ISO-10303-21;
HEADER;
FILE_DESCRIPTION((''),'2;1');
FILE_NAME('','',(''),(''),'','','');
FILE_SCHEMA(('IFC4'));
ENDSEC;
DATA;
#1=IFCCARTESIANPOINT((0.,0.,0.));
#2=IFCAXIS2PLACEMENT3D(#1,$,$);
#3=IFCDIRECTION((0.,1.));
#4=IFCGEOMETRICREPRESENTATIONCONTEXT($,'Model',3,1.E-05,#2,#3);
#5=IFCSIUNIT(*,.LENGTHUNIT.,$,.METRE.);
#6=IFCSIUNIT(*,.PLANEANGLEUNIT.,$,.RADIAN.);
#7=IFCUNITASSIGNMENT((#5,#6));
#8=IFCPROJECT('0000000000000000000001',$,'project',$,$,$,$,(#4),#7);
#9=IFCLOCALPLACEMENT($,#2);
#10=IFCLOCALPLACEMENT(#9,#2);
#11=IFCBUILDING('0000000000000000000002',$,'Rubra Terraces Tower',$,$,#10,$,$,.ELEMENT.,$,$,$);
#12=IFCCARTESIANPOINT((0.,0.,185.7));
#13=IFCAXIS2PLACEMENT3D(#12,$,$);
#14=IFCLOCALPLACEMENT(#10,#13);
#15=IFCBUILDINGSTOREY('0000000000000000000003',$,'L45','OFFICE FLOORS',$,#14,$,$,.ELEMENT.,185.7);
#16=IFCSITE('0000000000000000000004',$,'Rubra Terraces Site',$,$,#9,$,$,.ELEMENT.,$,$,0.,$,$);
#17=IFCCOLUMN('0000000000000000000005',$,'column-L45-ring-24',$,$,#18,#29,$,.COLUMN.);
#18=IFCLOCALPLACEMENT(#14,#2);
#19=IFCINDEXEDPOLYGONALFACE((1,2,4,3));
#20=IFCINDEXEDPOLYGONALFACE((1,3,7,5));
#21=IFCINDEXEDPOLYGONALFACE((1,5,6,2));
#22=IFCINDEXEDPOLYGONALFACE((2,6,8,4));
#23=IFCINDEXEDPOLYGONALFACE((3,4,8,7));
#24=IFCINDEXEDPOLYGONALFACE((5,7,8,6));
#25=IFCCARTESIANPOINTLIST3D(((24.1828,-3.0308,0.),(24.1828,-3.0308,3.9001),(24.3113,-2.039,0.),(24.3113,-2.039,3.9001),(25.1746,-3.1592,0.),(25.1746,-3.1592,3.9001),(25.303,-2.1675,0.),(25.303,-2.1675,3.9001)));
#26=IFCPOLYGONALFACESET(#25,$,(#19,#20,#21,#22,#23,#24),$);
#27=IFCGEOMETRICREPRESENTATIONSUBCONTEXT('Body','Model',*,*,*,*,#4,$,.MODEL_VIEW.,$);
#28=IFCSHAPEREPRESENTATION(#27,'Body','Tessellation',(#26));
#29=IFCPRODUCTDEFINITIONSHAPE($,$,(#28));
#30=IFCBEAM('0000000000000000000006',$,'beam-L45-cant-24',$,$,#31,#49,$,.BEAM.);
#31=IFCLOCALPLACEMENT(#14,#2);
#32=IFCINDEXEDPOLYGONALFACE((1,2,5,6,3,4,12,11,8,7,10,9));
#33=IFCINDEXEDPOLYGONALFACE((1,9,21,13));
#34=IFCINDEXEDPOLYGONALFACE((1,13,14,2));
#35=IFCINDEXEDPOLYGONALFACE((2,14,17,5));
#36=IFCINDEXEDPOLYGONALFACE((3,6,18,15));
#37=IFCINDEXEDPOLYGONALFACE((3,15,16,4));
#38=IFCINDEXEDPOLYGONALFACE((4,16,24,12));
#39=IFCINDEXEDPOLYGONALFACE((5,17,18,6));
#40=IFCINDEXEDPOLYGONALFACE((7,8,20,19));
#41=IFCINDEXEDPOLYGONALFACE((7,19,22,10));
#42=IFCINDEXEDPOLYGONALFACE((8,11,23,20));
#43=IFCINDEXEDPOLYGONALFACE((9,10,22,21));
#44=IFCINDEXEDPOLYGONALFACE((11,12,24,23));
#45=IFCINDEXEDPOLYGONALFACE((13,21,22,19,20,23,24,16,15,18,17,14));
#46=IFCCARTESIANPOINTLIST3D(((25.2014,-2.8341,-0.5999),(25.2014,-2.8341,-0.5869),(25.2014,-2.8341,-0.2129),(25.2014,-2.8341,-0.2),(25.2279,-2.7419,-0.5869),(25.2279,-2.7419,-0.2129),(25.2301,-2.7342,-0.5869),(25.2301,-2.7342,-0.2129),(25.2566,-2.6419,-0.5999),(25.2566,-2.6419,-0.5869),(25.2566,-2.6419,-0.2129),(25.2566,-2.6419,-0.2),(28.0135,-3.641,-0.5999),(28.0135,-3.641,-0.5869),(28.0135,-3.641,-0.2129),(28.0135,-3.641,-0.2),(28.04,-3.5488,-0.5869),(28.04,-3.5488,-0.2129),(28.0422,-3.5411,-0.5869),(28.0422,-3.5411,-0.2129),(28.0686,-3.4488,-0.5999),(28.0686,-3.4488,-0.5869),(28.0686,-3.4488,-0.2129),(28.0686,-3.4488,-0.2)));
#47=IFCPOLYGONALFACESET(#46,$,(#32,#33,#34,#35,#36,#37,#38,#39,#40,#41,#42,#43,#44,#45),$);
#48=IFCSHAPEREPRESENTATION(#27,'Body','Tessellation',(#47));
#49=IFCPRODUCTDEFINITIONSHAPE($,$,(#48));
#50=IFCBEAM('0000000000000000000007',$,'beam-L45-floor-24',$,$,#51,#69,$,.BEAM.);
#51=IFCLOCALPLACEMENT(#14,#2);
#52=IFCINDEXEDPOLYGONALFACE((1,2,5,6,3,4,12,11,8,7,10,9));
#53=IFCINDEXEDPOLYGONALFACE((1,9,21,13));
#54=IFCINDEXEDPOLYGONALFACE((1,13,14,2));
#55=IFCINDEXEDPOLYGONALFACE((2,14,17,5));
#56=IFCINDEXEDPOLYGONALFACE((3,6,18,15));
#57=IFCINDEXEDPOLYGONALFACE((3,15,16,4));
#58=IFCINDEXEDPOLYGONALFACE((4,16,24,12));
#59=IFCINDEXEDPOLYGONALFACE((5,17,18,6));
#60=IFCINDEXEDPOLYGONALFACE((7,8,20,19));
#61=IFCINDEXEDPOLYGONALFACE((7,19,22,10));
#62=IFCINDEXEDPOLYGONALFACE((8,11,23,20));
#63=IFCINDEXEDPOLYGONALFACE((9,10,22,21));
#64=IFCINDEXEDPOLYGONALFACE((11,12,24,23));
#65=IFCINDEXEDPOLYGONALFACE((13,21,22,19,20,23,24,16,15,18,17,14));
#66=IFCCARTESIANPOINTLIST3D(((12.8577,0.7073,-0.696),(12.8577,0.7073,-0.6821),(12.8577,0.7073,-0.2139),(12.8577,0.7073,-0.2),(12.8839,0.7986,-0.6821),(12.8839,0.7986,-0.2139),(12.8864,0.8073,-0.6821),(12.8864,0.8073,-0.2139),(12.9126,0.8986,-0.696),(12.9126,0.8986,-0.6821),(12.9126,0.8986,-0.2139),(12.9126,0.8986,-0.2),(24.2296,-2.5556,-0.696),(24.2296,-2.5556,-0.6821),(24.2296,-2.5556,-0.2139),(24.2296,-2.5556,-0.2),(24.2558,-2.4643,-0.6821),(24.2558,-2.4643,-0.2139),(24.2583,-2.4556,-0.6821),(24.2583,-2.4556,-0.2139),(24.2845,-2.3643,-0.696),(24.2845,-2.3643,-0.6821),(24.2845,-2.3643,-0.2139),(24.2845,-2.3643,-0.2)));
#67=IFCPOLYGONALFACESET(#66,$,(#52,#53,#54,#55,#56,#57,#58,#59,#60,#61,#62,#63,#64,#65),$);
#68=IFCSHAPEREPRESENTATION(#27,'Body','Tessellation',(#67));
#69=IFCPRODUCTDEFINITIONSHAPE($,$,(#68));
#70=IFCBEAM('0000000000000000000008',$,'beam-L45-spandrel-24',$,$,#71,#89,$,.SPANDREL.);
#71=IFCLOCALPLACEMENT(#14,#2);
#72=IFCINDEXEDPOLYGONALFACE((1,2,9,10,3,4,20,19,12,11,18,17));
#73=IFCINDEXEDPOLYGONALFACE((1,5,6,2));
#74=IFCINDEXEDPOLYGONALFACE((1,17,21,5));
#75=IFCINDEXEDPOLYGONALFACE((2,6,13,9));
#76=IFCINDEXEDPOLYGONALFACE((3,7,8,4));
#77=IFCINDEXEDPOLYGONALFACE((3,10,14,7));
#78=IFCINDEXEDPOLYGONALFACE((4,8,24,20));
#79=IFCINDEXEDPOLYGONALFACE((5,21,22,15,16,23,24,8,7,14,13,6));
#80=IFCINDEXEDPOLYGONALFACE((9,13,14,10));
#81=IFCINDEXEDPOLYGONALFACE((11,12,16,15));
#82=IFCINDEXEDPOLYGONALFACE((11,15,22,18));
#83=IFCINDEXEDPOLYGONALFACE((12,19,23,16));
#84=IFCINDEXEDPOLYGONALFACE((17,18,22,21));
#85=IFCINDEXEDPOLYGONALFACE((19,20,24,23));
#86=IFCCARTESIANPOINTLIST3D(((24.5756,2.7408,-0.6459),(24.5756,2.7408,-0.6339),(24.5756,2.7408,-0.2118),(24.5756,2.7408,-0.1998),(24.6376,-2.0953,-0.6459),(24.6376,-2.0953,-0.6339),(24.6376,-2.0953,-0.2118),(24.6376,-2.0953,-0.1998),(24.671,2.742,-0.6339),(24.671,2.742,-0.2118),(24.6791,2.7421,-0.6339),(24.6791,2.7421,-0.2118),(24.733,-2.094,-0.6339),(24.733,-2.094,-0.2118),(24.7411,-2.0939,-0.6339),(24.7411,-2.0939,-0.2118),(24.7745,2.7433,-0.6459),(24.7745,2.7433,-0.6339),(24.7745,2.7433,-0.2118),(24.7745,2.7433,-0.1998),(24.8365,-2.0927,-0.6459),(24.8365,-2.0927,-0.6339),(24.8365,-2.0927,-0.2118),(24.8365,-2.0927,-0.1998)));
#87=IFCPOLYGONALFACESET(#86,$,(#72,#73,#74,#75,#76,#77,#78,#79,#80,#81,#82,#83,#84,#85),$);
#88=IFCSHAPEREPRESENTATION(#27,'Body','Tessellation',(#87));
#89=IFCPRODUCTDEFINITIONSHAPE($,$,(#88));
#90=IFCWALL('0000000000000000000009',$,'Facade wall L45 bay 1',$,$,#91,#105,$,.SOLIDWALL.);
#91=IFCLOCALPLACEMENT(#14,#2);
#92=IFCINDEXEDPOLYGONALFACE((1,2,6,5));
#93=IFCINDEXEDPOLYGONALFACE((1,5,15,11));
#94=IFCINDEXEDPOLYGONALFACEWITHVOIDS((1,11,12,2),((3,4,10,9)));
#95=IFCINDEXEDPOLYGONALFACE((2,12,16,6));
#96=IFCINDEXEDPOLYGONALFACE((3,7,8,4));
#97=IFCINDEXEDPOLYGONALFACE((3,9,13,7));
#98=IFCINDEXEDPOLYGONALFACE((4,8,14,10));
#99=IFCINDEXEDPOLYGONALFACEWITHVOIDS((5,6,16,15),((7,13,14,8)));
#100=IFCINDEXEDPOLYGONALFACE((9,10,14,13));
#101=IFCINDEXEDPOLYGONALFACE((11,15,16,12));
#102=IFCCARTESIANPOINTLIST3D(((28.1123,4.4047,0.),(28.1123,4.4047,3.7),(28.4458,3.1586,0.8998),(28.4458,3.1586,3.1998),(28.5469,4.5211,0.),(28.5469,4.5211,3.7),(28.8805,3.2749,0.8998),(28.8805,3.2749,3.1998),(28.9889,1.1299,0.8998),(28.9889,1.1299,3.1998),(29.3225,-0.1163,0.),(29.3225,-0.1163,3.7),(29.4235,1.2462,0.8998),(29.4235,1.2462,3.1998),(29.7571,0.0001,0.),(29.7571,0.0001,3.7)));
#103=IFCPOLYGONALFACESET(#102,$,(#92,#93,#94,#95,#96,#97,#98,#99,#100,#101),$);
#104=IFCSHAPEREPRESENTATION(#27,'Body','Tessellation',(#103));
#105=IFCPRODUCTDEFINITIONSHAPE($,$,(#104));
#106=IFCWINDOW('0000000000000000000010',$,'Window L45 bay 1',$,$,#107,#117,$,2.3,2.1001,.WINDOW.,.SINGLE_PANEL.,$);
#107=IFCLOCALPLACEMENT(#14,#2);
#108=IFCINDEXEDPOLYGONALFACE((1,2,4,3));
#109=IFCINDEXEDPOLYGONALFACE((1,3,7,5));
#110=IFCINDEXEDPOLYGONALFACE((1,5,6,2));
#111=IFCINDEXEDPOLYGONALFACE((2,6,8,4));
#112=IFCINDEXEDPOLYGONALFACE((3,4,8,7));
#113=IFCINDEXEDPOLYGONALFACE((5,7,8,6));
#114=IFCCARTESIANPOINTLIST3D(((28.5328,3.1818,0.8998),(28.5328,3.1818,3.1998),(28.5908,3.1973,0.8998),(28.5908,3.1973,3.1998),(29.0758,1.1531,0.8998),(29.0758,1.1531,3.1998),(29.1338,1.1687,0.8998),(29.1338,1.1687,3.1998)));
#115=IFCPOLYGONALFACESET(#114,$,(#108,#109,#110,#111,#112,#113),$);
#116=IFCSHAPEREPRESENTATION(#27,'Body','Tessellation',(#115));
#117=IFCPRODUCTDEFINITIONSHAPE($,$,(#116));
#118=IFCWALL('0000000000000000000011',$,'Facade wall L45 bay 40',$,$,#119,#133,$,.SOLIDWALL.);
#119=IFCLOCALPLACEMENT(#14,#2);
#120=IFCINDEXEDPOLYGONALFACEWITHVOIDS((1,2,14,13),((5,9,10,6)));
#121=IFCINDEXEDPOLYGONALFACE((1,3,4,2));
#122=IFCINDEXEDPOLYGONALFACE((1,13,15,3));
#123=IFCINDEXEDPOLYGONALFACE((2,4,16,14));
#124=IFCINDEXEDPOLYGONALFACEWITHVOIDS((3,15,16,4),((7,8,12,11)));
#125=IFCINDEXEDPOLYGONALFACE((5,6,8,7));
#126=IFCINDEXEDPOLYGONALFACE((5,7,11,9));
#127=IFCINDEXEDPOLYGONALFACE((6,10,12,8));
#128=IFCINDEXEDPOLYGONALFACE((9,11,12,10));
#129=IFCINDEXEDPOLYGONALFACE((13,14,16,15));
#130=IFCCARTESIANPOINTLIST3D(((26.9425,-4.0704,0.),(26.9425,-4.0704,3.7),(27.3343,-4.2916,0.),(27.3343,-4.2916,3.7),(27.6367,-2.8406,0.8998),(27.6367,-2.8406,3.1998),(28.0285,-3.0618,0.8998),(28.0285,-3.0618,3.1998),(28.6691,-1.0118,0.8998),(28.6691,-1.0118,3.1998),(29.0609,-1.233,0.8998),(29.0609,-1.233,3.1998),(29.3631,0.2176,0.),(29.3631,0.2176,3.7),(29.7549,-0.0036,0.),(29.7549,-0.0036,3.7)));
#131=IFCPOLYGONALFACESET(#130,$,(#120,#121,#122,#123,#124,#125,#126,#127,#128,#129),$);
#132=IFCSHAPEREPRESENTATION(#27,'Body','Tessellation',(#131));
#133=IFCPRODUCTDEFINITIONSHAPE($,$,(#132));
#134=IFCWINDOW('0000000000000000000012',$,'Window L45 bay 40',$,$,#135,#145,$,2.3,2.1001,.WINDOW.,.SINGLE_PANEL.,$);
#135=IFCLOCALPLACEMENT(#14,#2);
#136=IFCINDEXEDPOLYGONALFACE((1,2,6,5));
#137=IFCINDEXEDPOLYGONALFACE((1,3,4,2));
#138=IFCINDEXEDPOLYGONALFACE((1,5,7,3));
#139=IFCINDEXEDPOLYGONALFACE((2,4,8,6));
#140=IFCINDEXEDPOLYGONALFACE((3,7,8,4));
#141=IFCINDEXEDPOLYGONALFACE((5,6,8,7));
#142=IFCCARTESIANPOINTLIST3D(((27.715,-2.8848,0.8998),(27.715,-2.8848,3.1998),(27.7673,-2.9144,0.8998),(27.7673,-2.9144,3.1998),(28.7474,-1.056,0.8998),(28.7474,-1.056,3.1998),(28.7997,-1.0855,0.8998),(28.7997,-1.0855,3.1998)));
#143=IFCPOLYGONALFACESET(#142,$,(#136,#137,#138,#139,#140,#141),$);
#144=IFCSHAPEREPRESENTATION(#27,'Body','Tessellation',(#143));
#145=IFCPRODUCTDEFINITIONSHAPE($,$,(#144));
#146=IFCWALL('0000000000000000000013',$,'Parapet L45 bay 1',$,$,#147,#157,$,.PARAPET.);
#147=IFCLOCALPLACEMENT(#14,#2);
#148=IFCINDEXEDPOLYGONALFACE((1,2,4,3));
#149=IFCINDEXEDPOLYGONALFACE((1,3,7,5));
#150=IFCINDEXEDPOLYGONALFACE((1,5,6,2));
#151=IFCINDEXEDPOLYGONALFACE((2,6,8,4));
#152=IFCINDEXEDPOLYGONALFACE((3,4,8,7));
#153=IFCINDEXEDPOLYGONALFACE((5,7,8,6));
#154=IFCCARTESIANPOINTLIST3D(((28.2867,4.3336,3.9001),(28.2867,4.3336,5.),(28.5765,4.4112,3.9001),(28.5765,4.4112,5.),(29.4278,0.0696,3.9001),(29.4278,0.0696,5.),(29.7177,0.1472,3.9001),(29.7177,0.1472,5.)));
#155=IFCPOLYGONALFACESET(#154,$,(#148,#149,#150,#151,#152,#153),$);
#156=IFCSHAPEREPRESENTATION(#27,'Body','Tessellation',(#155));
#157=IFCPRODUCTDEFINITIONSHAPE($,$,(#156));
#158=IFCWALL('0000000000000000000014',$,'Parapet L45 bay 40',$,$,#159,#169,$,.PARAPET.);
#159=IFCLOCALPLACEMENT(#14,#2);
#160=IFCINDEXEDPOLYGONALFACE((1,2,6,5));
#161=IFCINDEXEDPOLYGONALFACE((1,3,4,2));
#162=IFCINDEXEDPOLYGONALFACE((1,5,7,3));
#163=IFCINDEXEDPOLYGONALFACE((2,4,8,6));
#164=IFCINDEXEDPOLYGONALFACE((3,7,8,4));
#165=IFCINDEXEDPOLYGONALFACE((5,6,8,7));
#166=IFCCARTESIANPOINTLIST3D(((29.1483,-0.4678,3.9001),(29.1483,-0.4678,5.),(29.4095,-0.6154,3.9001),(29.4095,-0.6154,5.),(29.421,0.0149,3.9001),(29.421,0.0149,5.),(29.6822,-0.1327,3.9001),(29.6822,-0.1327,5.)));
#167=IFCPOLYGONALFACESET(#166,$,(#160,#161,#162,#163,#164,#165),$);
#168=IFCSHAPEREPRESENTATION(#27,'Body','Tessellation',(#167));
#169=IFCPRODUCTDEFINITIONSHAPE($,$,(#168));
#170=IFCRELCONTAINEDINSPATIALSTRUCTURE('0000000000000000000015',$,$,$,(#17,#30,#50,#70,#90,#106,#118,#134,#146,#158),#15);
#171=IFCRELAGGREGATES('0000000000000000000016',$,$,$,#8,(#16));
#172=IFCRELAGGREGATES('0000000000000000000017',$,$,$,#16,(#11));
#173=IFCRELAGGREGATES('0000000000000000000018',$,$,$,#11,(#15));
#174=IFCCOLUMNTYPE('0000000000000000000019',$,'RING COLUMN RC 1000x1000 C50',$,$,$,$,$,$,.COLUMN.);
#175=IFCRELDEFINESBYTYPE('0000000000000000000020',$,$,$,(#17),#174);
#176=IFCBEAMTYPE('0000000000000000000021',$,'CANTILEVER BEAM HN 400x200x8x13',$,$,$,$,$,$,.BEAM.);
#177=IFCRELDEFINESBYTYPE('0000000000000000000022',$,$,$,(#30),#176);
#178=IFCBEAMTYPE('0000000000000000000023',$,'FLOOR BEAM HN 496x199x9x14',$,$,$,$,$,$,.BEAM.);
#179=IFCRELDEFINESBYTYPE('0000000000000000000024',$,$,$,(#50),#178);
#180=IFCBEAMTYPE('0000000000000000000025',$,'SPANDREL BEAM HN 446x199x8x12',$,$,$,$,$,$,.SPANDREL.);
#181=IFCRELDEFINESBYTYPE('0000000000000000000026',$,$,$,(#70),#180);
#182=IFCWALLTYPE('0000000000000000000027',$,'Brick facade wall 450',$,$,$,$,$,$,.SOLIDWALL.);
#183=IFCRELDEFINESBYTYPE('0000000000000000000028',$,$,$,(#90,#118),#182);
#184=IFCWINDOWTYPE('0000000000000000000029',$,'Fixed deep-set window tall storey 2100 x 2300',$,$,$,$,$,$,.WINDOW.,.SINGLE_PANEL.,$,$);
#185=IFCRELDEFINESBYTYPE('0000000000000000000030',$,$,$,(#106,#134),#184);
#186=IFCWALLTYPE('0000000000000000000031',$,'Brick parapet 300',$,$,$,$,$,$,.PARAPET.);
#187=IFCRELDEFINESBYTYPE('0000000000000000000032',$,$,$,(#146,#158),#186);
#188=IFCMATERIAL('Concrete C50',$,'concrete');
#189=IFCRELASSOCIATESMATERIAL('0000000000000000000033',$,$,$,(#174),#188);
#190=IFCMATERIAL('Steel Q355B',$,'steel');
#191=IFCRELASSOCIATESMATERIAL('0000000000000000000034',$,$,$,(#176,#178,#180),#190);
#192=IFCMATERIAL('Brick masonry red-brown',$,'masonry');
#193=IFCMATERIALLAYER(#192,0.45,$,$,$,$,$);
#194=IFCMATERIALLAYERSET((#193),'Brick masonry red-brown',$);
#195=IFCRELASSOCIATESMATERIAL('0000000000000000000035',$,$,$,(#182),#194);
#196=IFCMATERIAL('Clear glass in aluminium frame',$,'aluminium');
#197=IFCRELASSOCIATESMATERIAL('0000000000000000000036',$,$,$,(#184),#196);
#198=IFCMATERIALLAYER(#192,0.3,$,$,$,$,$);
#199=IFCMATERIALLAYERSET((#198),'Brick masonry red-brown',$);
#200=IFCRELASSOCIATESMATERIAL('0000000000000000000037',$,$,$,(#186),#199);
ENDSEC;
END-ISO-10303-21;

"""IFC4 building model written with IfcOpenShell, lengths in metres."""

from ifc_helpers import new_model, si_unit, direction, frame, frame_2d, origin, origin_2d, place, context, subcontext, project, spatial, rectangle, i_section, extrude, material, layer, layer_set, material_profile, profile_set, type_object, element, fill, save


model = new_model("IFC4")

# Units and contexts
model_context = context("Model", 3, precision=1e-05, world=origin(), true_north=direction((0.0, 1.0)))
body_context = subcontext(model_context, "Body", "Model", "MODEL_VIEW")
ifc_project = project(units=[si_unit("LENGTHUNIT", "METRE"), si_unit("PLANEANGLEUNIT", "RADIAN")], contexts=[model_context])

# Site, building, storey
site_placement = place(None, origin())
site = spatial("IfcSite", under=ifc_project, at=site_placement, Name="Rubra Terraces Site", CompositionType="ELEMENT", RefElevation=0.0)
building_placement = place(site_placement, origin())
building = spatial("IfcBuilding", under=site, at=building_placement, Name="Rubra Terraces Tower", CompositionType="ELEMENT")
storey_placement = place(building_placement, frame((0.0, 0.0, 185.7)))
storey = spatial("IfcBuildingStorey", under=building, at=storey_placement, Name="L45", Description="OFFICE FLOORS", CompositionType="ELEMENT", Elevation=185.7)

# Column
ifc_material_1 = material(Name="Concrete C50", Category="concrete")
ifc_material_profile_1 = material_profile(ifc_material_1, rectangle(XDim=1.0, YDim=1.0, at=origin_2d()), Name="RC 1000x1000")
ifc_profile_set_1 = profile_set([ifc_material_profile_1], Name="Concrete C50")
column_type = type_object("IfcColumnType", Name="RING COLUMN RC 1000x1000 C50", PredefinedType="COLUMN", material=ifc_profile_set_1)
column_placement = place(storey_placement, frame((24.7429, -2.5991, 0.0), z_axis=(0.0, 0.0, 1.0), x_axis=(0.128444, 0.991717, 0.0)))
element("IfcColumn", 1, at=column_placement, inside=storey, type_object=column_type, Name="column-L45-ring-24", PredefinedType="COLUMN", context=body_context, shape_type="SweptSolid", body=[
    extrude(rectangle(XDim=1.0, YDim=1.0, at=origin_2d()), origin(), (0.0, 0.0, 1.0), 3.9001),
])

# Beams
ifc_material_2 = material(Name="Steel Q355B", Category="steel")
ifc_material_profile_2 = material_profile(ifc_material_2, i_section(OverallWidth=0.2, OverallDepth=0.3999, WebThickness=0.0081, FlangeThickness=0.0129, at=origin_2d()), Name="HN 400x200x8x13")
ifc_profile_set_2 = profile_set([ifc_material_profile_2], Name="Steel Q355B")
beam_type_1 = type_object("IfcBeamType", Name="CANTILEVER BEAM HN 400x200x8x13", PredefinedType="BEAM", material=ifc_profile_set_2)
beam_1_placement = place(storey_placement, frame((25.229, -2.738, -0.3999), z_axis=(0.961212, -0.275812, 0.0), x_axis=(0.275812, 0.961212, 0.0)))
element("IfcBeam", 2, at=beam_1_placement, inside=storey, type_object=beam_type_1, Name="beam-L45-cant-24", PredefinedType="BEAM", context=body_context, shape_type="SweptSolid", body=[
    extrude(i_section(OverallWidth=0.2, OverallDepth=0.3999, WebThickness=0.0081, FlangeThickness=0.0129, at=origin_2d()), origin(), (0.0, 0.0, 1.0), 2.9255),
])
ifc_material_profile_3 = material_profile(ifc_material_2, i_section(OverallWidth=0.199, OverallDepth=0.4961, WebThickness=0.009, FlangeThickness=0.0139, at=origin_2d()), Name="HN 496x199x9x14")
ifc_profile_set_3 = profile_set([ifc_material_profile_3], Name="Steel Q355B")
beam_type_2 = type_object("IfcBeamType", Name="FLOOR BEAM HN 496x199x9x14", PredefinedType="BEAM", material=ifc_profile_set_3)
beam_2_placement = place(storey_placement, frame((24.2571, -2.46, -0.448), z_axis=(-0.961216, 0.275798, 0.0), x_axis=(-0.275798, -0.961216, 0.0)))
element("IfcBeam", 3, at=beam_2_placement, inside=storey, type_object=beam_type_2, Name="beam-L45-floor-24", PredefinedType="BEAM", context=body_context, shape_type="SweptSolid", body=[
    extrude(i_section(OverallWidth=0.199, OverallDepth=0.4961, WebThickness=0.009, FlangeThickness=0.0139, at=origin_2d()), origin(), (0.0, 0.0, 1.0), 11.8308),
])
ifc_material_profile_4 = material_profile(ifc_material_2, i_section(OverallWidth=0.199, OverallDepth=0.446, WebThickness=0.0081, FlangeThickness=0.012, at=origin_2d()), Name="HN 446x199x8x12")
ifc_profile_set_4 = profile_set([ifc_material_profile_4], Name="Steel Q355B")
beam_type_3 = type_object("IfcBeamType", Name="SPANDREL BEAM HN 446x199x8x12", PredefinedType="SPANDREL", material=ifc_profile_set_4)
beam_3_placement = place(storey_placement, frame((24.7371, -2.094, -0.4229), z_axis=(-0.012822, 0.999918, 0.0), x_axis=(-0.999918, -0.012822, 0.0)))
element("IfcBeam", 4, at=beam_3_placement, inside=storey, type_object=beam_type_3, Name="beam-L45-spandrel-24", PredefinedType="SPANDREL", context=body_context, shape_type="SweptSolid", body=[
    extrude(i_section(OverallWidth=0.199, OverallDepth=0.446, WebThickness=0.0081, FlangeThickness=0.012, at=origin_2d()), origin(), (0.0, 0.0, 1.0), 4.8364),
])

# Walls, openings, windows
ifc_material_3 = material(Name="Brick masonry red-brown", Category="masonry")
ifc_layer_1 = layer(ifc_material_3, 0.45)
ifc_layer_set_1 = layer_set([ifc_layer_1], Name="Brick masonry red-brown")
wall_type_1 = type_object("IfcWallType", Name="Brick facade wall 450", PredefinedType="SOLIDWALL", material=ifc_layer_set_1)
wall_1_placement = place(storey_placement, frame((29.5398, -0.0581, 0.0), z_axis=(0.0, 0.0, 1.0), x_axis=(-0.258581, 0.965989, 0.0)))
wall_1 = element("IfcWall", 5, at=wall_1_placement, inside=storey, type_object=wall_type_1, Name="Facade wall L45 bay 1", PredefinedType="SOLIDWALL", context=body_context, shape_type="SweptSolid", body=[
    extrude(rectangle(XDim=4.6802, YDim=0.45, at=frame_2d((2.3401, 0.0))), origin(), (0.0, 0.0, 1.0), 3.7),
])
opening_1_placement = place(wall_1_placement, frame((1.29, 0.0, 0.8999)))
opening_1 = element("IfcOpeningElement", 6, at=opening_1_placement, cuts=wall_1, PredefinedType="OPENING", context=body_context, shape_type="SweptSolid", body=[
    extrude(rectangle(XDim=2.1001, YDim=2.3, at=frame_2d((1.05, 1.1499))), frame((0.0, 0.2349, 0.0), z_axis=(0.0, -1.0, 0.0), x_axis=(1.0, 0.0, 0.0)), (0.0, 0.0, 1.0), 0.47),
])
ifc_material_4 = material(Name="Clear glass in aluminium frame", Category="aluminium")
window_type = type_object("IfcWindowType", Name="Fixed deep-set window tall storey 2100 x 2300", PartitioningType="SINGLE_PANEL", PredefinedType="WINDOW", material=ifc_material_4)
window_1_placement = place(opening_1_placement, origin())
window_1 = element("IfcWindow", 7, at=window_1_placement, inside=storey, type_object=window_type, Name="Window L45 bay 1", OverallHeight=2.3, OverallWidth=2.1001, PartitioningType="SINGLE_PANEL", PredefinedType="WINDOW", context=body_context, shape_type="SweptSolid", body=[
    extrude(rectangle(XDim=2.1001, YDim=2.3, at=frame_2d((1.05, 1.1499))), frame((0.0, 0.135, 0.0), z_axis=(0.0, -1.0, 0.0), x_axis=(1.0, 0.0, 0.0)), (0.0, 0.0, 1.0), 0.0601),
])
fill(opening_1, window_1)
wall_2_placement = place(storey_placement, frame((27.1384, -4.1809, 0.0), z_axis=(0.0, 0.0, 1.0), x_axis=(0.491588, 0.870828, 0.0)))
wall_2 = element("IfcWall", 8, at=wall_2_placement, inside=storey, type_object=wall_type_1, Name="Facade wall L45 bay 40", PredefinedType="SOLIDWALL", context=body_context, shape_type="SweptSolid", body=[
    extrude(rectangle(XDim=4.9241, YDim=0.45, at=frame_2d((2.4619, 0.0))), origin(), (0.0, 0.0, 1.0), 3.7),
])
opening_2_placement = place(wall_2_placement, frame((1.4121, 0.0, 0.8999)))
opening_2 = element("IfcOpeningElement", 9, at=opening_2_placement, cuts=wall_2, PredefinedType="OPENING", context=body_context, shape_type="SweptSolid", body=[
    extrude(rectangle(XDim=2.1001, YDim=2.3, at=frame_2d((1.05, 1.1499))), frame((0.0, 0.2349, 0.0), z_axis=(0.0, -1.0, 0.0), x_axis=(1.0, 0.0, 0.0)), (0.0, 0.0, 1.0), 0.47),
])
window_2_placement = place(opening_2_placement, origin())
window_2 = element("IfcWindow", 10, at=window_2_placement, inside=storey, type_object=window_type, Name="Window L45 bay 40", OverallHeight=2.3, OverallWidth=2.1001, PartitioningType="SINGLE_PANEL", PredefinedType="WINDOW", context=body_context, shape_type="SweptSolid", body=[
    extrude(rectangle(XDim=2.1001, YDim=2.3, at=frame_2d((1.05, 1.1499))), frame((0.0, 0.135, 0.0), z_axis=(0.0, -1.0, 0.0), x_axis=(1.0, 0.0, 0.0)), (0.0, 0.0, 1.0), 0.0601),
])
fill(opening_2, window_2)

# Walls
ifc_layer_2 = layer(ifc_material_3, 0.3)
ifc_layer_set_2 = layer_set([ifc_layer_2], Name="Brick masonry red-brown")
wall_type_2 = type_object("IfcWallType", Name="Brick parapet 300", PredefinedType="PARAPET", material=ifc_layer_set_2)
wall_3_placement = place(storey_placement, frame((29.5728, 0.1084, 3.9001), z_axis=(0.0, 0.0, 1.0), x_axis=(-0.258523, 0.966005, 0.0)))
element("IfcWall", 11, at=wall_3_placement, inside=storey, type_object=wall_type_2, Name="Parapet L45 bay 1", PredefinedType="PARAPET", context=body_context, shape_type="SweptSolid", body=[
    extrude(rectangle(XDim=4.4141, YDim=0.3, at=frame_2d((2.207, 0.0))), origin(), (0.0, 0.0, 1.0), 1.0999),
])
wall_4_placement = place(storey_placement, frame((29.2788, -0.5417, 3.9001), z_axis=(0.0, 0.0, 1.0), x_axis=(0.491912, 0.870645, 0.0)))
element("IfcWall", 12, at=wall_4_placement, inside=storey, type_object=wall_type_2, Name="Parapet L45 bay 40", PredefinedType="PARAPET", context=body_context, shape_type="SweptSolid", body=[
    extrude(rectangle(XDim=0.5544, YDim=0.3, at=frame_2d((0.2773, 0.0))), origin(), (0.0, 0.0, 1.0), 1.0999),
])

save(model, "model.ifc")
